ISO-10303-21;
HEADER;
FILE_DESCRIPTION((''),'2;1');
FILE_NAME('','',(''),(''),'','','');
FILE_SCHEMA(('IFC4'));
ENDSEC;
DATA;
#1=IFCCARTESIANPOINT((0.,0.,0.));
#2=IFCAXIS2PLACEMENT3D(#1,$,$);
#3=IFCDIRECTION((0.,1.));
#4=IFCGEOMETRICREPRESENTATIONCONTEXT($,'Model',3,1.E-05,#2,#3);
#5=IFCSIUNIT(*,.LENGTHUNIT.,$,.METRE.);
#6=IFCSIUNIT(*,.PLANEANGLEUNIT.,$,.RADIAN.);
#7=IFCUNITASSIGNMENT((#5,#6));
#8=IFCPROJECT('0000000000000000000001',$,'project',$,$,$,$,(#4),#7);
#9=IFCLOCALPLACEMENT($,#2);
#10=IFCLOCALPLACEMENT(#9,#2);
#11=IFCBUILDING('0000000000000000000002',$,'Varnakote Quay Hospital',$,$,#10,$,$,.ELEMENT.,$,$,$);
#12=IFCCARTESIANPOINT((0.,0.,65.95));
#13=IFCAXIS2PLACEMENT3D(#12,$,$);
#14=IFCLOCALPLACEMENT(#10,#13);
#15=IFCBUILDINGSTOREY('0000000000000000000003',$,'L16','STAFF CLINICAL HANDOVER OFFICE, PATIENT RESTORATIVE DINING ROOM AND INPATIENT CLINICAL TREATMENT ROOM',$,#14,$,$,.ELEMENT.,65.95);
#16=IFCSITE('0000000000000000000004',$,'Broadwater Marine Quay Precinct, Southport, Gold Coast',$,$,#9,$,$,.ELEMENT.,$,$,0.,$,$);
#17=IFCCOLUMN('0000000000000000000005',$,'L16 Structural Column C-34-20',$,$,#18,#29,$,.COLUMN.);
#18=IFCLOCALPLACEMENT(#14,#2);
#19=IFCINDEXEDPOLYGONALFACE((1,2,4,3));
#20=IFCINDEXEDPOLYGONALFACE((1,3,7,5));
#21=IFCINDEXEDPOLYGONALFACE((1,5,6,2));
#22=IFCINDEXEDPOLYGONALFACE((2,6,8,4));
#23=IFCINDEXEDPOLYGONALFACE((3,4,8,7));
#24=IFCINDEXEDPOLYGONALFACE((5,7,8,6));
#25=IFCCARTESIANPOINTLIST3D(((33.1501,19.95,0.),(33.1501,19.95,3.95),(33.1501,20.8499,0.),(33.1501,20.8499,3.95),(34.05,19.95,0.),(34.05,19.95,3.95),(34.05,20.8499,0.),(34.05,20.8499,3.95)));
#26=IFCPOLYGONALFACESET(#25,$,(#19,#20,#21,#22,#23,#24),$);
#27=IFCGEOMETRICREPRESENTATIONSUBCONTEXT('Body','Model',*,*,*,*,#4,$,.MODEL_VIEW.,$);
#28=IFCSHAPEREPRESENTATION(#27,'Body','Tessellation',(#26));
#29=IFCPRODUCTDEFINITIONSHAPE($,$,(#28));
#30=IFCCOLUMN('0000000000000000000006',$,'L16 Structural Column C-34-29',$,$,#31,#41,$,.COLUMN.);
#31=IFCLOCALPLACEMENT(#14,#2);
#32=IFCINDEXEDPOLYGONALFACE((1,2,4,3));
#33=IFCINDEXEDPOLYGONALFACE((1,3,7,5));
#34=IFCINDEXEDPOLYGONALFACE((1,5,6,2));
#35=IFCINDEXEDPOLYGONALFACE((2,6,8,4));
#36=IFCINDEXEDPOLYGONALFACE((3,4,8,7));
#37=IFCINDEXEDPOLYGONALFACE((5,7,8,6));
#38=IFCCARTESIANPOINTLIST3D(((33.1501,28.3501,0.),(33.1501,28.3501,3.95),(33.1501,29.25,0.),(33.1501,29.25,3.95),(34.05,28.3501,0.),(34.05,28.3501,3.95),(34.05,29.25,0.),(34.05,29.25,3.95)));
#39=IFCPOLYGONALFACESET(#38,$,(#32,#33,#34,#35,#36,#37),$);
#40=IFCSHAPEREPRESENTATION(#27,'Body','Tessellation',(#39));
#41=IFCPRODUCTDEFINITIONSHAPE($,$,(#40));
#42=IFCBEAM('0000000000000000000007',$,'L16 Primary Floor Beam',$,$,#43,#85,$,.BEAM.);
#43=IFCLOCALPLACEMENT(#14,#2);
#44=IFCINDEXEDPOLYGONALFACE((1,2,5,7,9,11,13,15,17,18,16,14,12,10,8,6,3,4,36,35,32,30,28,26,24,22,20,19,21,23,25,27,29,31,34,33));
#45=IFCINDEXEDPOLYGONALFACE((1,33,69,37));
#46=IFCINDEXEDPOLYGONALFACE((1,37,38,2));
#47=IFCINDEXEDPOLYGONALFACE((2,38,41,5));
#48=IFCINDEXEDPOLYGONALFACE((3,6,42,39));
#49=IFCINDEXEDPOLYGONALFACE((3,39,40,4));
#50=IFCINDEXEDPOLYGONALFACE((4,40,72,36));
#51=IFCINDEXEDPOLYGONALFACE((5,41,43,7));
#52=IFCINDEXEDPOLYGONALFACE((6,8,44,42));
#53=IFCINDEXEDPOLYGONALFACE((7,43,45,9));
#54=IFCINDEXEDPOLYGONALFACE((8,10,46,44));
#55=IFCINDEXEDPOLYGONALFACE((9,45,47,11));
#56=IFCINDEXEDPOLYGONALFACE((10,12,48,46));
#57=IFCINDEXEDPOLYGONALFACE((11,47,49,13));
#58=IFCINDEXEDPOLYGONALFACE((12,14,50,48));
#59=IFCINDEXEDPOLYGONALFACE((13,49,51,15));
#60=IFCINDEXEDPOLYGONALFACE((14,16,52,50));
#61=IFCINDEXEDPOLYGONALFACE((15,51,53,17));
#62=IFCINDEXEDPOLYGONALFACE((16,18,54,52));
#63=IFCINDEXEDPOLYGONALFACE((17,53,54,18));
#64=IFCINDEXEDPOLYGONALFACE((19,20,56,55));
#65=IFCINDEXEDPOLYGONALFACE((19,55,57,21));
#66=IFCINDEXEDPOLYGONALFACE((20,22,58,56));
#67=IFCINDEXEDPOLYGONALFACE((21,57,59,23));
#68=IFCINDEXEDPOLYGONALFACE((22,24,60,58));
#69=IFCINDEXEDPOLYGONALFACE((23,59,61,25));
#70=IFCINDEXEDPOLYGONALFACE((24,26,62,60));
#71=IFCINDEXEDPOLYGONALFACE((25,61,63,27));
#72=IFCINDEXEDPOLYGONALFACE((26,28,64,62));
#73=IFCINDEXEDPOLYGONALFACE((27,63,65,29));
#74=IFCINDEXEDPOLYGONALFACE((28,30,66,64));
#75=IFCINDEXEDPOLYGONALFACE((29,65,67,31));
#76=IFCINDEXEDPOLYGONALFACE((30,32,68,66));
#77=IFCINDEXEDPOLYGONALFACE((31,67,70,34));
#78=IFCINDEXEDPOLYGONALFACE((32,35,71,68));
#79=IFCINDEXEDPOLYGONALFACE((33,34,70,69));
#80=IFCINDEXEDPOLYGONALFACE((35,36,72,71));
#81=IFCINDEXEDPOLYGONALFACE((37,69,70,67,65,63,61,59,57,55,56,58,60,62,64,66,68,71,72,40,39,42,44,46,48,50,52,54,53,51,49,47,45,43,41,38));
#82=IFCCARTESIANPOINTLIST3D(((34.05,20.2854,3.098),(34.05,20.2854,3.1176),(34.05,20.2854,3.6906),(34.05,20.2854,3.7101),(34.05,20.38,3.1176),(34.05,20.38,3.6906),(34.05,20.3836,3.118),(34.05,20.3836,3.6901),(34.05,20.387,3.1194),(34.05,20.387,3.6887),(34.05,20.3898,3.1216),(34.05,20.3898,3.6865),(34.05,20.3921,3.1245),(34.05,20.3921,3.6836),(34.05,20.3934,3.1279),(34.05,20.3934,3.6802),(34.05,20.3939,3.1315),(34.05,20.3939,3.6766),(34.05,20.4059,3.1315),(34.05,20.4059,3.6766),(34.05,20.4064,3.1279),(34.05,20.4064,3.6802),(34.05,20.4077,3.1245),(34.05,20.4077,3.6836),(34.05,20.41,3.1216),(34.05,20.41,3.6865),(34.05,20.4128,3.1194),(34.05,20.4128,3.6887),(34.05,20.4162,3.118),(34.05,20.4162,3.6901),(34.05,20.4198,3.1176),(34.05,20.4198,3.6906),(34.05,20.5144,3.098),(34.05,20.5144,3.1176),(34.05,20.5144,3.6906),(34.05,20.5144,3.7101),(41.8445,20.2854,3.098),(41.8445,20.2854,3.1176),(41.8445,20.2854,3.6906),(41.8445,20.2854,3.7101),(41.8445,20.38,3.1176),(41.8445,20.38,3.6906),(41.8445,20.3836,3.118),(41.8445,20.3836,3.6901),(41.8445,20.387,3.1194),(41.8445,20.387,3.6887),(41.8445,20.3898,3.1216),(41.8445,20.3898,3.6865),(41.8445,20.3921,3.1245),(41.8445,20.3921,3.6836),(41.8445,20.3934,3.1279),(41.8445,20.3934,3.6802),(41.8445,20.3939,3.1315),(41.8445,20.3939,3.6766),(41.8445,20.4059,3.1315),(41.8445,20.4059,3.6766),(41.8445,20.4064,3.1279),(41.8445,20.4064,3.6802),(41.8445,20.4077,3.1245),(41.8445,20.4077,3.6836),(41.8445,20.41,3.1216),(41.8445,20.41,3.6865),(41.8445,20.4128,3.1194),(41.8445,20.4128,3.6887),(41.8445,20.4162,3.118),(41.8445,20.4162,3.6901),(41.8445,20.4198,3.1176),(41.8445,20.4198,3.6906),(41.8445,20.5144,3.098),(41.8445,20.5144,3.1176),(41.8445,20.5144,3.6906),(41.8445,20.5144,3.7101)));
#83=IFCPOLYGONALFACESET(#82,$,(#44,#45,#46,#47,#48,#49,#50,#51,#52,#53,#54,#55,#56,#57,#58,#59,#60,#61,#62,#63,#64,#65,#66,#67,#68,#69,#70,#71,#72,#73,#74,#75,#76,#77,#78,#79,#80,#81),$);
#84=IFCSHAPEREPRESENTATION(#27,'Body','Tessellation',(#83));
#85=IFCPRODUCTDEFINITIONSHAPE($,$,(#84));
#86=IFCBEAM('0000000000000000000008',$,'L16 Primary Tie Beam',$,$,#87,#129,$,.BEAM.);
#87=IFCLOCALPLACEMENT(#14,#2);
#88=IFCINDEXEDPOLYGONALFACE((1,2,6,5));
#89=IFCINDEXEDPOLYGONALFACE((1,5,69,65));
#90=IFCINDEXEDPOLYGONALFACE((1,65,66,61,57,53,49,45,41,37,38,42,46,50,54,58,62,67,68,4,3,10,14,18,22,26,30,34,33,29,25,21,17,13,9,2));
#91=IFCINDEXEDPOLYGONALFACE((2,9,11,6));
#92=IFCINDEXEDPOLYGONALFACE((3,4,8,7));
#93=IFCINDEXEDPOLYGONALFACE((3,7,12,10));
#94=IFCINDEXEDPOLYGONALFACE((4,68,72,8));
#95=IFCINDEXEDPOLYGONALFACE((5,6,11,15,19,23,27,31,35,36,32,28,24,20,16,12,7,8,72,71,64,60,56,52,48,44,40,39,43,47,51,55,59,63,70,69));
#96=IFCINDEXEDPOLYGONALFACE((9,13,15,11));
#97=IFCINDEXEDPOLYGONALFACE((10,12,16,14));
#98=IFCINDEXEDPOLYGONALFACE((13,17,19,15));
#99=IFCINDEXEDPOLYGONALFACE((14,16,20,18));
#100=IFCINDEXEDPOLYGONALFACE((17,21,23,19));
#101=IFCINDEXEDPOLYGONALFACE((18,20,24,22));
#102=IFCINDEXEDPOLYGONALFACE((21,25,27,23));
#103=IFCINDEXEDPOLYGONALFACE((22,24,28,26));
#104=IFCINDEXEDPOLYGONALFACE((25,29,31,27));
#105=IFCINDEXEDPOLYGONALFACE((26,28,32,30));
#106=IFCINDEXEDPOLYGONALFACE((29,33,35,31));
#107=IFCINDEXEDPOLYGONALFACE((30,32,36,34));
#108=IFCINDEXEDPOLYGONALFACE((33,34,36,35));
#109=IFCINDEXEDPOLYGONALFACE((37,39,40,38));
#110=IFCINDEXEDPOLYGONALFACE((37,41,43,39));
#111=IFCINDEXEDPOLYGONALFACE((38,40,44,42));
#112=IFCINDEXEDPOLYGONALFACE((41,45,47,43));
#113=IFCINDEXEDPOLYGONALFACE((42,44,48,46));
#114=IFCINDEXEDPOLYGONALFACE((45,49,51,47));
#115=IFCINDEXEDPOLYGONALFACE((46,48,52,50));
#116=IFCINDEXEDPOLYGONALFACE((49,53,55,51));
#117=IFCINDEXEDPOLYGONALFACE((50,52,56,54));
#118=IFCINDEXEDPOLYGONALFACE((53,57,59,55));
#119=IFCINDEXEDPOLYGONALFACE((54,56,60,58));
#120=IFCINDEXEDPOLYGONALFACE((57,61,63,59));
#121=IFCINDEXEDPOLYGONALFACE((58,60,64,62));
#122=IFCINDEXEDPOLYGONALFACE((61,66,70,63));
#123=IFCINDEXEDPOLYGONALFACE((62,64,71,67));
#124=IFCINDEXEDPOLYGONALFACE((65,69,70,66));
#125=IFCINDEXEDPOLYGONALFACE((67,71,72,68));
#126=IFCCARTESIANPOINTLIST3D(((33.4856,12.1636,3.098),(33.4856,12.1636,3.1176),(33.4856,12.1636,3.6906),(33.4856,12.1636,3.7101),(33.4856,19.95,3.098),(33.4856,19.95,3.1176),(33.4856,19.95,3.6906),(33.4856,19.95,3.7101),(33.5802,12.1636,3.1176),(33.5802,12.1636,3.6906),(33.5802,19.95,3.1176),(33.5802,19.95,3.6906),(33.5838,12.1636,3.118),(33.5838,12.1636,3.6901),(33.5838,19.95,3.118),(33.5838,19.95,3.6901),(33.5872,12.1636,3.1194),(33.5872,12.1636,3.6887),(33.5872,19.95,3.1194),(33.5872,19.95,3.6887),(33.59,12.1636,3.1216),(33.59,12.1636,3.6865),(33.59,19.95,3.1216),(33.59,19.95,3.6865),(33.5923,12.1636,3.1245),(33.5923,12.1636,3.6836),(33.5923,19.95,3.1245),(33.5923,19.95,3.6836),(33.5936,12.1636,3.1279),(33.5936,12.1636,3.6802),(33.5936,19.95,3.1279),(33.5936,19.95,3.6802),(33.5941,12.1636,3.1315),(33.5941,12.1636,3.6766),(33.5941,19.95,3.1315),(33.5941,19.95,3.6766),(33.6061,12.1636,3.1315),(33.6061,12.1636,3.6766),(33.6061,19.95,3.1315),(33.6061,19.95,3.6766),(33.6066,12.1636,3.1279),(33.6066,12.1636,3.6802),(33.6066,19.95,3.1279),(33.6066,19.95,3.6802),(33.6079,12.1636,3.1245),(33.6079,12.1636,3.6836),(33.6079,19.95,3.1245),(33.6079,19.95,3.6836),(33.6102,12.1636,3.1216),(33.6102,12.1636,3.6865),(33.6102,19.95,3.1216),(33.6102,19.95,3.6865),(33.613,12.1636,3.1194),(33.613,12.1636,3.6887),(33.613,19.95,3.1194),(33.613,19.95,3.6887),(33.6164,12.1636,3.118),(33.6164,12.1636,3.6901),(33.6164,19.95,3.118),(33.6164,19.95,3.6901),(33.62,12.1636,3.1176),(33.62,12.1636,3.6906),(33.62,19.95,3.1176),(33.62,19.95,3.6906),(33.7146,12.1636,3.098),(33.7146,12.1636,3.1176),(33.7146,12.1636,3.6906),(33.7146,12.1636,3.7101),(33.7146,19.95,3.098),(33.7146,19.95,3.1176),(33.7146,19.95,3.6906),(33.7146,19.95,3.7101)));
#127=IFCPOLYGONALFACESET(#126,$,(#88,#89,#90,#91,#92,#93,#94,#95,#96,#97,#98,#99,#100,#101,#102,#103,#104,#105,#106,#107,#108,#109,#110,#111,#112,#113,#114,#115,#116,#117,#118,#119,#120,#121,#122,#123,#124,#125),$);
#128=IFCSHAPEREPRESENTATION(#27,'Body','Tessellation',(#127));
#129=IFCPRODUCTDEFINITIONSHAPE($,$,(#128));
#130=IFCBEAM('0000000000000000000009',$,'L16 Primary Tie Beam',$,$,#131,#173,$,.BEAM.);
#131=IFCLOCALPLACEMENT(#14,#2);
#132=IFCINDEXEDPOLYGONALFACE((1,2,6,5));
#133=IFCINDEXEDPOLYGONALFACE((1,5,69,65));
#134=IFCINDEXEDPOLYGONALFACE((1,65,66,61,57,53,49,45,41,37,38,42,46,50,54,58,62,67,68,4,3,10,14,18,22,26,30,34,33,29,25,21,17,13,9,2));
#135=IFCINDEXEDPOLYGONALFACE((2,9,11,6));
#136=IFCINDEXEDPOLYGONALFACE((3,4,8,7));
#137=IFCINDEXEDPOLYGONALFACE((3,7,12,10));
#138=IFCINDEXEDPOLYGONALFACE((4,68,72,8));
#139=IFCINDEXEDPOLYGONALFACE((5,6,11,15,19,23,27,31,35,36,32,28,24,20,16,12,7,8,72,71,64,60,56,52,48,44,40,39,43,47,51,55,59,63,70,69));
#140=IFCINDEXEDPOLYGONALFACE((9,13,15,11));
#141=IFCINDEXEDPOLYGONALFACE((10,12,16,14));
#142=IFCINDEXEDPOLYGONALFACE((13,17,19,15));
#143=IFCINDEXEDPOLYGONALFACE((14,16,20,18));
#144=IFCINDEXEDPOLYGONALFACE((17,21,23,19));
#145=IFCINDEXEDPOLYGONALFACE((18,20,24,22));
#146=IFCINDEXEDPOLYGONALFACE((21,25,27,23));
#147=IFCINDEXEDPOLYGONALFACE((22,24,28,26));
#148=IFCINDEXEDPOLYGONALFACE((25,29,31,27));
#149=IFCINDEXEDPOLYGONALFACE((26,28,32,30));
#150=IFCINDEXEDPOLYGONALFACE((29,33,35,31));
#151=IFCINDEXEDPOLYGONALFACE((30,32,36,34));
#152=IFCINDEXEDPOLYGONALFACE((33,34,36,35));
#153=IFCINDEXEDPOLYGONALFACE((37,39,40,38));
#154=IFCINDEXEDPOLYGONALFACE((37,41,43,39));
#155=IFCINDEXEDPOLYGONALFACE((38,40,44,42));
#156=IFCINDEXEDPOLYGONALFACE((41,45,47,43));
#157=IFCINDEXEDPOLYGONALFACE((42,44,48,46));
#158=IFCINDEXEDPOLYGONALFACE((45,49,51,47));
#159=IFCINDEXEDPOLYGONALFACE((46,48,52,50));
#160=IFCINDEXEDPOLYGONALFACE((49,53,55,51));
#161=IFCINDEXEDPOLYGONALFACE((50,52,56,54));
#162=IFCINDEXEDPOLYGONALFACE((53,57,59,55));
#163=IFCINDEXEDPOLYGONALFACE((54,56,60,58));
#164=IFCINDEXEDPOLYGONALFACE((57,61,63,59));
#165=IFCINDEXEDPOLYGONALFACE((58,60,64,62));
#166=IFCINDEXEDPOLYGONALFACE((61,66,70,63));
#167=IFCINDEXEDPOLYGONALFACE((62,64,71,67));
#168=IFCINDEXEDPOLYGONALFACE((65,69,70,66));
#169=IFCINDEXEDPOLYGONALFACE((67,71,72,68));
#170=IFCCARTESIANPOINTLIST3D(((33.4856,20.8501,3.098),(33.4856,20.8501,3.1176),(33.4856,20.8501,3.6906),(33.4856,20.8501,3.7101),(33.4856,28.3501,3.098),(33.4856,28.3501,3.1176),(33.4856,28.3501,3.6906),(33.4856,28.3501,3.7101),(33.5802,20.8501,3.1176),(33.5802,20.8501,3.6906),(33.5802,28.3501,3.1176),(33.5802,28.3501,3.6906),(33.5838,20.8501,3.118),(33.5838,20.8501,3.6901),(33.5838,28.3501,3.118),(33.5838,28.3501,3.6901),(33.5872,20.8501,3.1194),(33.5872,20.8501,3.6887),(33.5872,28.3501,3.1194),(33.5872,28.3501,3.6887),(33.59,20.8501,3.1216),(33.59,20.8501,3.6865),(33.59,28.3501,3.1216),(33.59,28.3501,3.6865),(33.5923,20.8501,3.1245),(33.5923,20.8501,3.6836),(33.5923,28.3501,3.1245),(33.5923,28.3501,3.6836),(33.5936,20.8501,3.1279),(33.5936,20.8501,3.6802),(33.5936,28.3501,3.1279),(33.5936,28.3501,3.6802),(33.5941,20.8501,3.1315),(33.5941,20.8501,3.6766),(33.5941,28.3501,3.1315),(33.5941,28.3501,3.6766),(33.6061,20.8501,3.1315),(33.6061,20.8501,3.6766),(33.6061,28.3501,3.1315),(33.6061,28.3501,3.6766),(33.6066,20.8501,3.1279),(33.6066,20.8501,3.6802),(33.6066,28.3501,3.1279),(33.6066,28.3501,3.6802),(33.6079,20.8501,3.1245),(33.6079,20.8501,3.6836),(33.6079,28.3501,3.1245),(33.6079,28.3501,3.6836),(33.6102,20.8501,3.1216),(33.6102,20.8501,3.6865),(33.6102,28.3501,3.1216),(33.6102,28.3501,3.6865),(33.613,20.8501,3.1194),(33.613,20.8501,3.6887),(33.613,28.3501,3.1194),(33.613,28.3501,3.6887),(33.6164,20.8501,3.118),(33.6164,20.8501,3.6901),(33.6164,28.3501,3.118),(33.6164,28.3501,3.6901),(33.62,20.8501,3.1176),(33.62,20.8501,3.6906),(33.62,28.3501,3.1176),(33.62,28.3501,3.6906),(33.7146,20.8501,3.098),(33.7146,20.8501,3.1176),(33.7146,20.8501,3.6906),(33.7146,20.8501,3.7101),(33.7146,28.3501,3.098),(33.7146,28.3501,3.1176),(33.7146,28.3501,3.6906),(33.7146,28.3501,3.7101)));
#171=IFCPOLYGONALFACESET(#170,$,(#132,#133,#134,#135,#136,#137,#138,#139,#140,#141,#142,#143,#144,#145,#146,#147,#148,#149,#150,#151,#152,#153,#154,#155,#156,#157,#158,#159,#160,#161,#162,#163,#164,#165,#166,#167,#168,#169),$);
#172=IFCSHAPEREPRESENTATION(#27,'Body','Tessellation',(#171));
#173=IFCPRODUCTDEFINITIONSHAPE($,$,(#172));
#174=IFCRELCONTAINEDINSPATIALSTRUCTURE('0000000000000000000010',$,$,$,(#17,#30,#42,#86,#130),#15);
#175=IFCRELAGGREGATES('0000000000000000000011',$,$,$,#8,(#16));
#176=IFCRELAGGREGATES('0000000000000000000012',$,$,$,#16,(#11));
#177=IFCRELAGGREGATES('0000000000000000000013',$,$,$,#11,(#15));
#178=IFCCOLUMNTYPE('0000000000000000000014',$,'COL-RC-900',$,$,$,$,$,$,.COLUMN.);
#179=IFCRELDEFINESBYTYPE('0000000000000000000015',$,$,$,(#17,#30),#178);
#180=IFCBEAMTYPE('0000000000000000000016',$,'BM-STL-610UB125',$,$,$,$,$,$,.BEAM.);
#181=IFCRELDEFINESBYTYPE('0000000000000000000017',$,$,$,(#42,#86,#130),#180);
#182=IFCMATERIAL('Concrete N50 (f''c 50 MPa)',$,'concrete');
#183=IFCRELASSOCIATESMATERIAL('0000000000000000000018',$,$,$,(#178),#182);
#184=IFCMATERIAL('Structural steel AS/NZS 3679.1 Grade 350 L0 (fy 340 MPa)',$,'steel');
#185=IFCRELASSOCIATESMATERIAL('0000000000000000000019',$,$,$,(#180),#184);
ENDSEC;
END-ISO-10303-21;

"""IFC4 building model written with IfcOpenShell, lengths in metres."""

from ifc_helpers import new_model, si_unit, direction, frame, origin, origin_2d, place, context, subcontext, project, spatial, rectangle, i_section, extrude, material, material_profile, profile_set, type_object, element, save


model = new_model("IFC4")

# Units and contexts
model_context = context("Model", 3, precision=1e-05, world=origin(), true_north=direction((0.0, 1.0)))
body_context = subcontext(model_context, "Body", "Model", "MODEL_VIEW")
ifc_project = project(units=[si_unit("LENGTHUNIT", "METRE"), si_unit("PLANEANGLEUNIT", "RADIAN")], contexts=[model_context])

# Site, building, storey
site_placement = place(None, origin())
site = spatial("IfcSite", under=ifc_project, at=site_placement, Name="Broadwater Marine Quay Precinct, Southport, Gold Coast", CompositionType="ELEMENT", RefElevation=0.0)
building_placement = place(site_placement, origin())
building = spatial("IfcBuilding", under=site, at=building_placement, Name="Varnakote Quay Hospital", CompositionType="ELEMENT")
storey_placement = place(building_placement, frame((0.0, 0.0, 65.95)))
storey = spatial("IfcBuildingStorey", under=building, at=storey_placement, Name="L16", Description="STAFF CLINICAL HANDOVER OFFICE, PATIENT RESTORATIVE DINING ROOM AND INPATIENT CLINICAL TREATMENT ROOM", CompositionType="ELEMENT", Elevation=65.95)

# Columns
ifc_material_1 = material(Name="Concrete N50 (f'c 50 MPa)", Category="concrete")
ifc_material_profile_1 = material_profile(ifc_material_1, rectangle(XDim=0.8999, YDim=0.8999, at=origin_2d()), Name="RC-COL-900x900")
ifc_profile_set_1 = profile_set([ifc_material_profile_1], Name="Concrete N50 (f'c 50 MPa)")
column_type = type_object("IfcColumnType", Name="COL-RC-900", PredefinedType="COLUMN", material=ifc_profile_set_1)
for number, where, z_axis, x_axis, name in (
    (1, (33.6001, 20.3999, 0.0), (0.0, 0.0, 1.0), (1.0, 0.0, 0.0), "L16 Structural Column C-34-20"),
    (2, (33.6001, 28.8, 0.0), (0.0, 0.0, 1.0), (1.0, 0.0, 0.0), "L16 Structural Column C-34-29"),
):
    element("IfcColumn", number, at=place(storey_placement, frame(where, z_axis=z_axis, x_axis=x_axis)), inside=storey, type_object=column_type, Name=name, PredefinedType="COLUMN", context=body_context, shape_type="SweptSolid", body=[
        extrude(rectangle(XDim=0.8999, YDim=0.8999, at=origin_2d()), origin(), (0.0, 0.0, 1.0), 3.95),
    ])

# Beams
ifc_material_2 = material(Name="Structural steel AS/NZS 3679.1 Grade 350 L0 (fy 340 MPa)", Category="steel")
ifc_material_profile_2 = material_profile(ifc_material_2, i_section(OverallWidth=0.229, OverallDepth=0.6121, WebThickness=0.012, FlangeThickness=0.0195, FilletRadius=0.0139, at=origin_2d()), Name="610UB125")
ifc_profile_set_2 = profile_set([ifc_material_profile_2], Name="Structural steel AS/NZS 3679.1 Grade 350 L0 (fy 340 MPa)")
beam_type_1 = type_object("IfcBeamType", Name="BM-STL-610UB125", PredefinedType="BEAM", material=ifc_profile_set_2)
beam_1_placement = place(storey_placement, frame((34.05, 20.3999, 3.4041), z_axis=(1.0, 0.0, 0.0), x_axis=(0.0, 1.0, 0.0)))
element("IfcBeam", 3, at=beam_1_placement, inside=storey, type_object=beam_type_1, Name="L16 Primary Floor Beam", PredefinedType="BEAM", context=body_context, shape_type="SweptSolid", body=[
    extrude(i_section(OverallWidth=0.229, OverallDepth=0.6121, WebThickness=0.012, FlangeThickness=0.0195, FilletRadius=0.0139, at=origin_2d()), origin(), (0.0, 0.0, 1.0), 7.7944),
])
beam_2_placement = place(storey_placement, frame((33.6001, 12.1636, 3.4041), z_axis=(0.0, 1.0, 0.0), x_axis=(-1.0, 0.0, 0.0)))
element("IfcBeam", 4, at=beam_2_placement, inside=storey, type_object=beam_type_1, Name="L16 Primary Tie Beam", PredefinedType="BEAM", context=body_context, shape_type="SweptSolid", body=[
    extrude(i_section(OverallWidth=0.229, OverallDepth=0.6121, WebThickness=0.012, FlangeThickness=0.0195, FilletRadius=0.0139, at=origin_2d()), origin(), (0.0, 0.0, 1.0), 7.7864),
])
beam_3_placement = place(storey_placement, frame((33.6001, 20.8501, 3.4041), z_axis=(0.0, 1.0, 0.0), x_axis=(-1.0, 0.0, 0.0)))
element("IfcBeam", 5, at=beam_3_placement, inside=storey, type_object=beam_type_1, Name="L16 Primary Tie Beam", PredefinedType="BEAM", context=body_context, shape_type="SweptSolid", body=[
    extrude(i_section(OverallWidth=0.229, OverallDepth=0.6121, WebThickness=0.012, FlangeThickness=0.0195, FilletRadius=0.0139, at=origin_2d()), origin(), (0.0, 0.0, 1.0), 7.5),
])

save(model, "model.ifc")
